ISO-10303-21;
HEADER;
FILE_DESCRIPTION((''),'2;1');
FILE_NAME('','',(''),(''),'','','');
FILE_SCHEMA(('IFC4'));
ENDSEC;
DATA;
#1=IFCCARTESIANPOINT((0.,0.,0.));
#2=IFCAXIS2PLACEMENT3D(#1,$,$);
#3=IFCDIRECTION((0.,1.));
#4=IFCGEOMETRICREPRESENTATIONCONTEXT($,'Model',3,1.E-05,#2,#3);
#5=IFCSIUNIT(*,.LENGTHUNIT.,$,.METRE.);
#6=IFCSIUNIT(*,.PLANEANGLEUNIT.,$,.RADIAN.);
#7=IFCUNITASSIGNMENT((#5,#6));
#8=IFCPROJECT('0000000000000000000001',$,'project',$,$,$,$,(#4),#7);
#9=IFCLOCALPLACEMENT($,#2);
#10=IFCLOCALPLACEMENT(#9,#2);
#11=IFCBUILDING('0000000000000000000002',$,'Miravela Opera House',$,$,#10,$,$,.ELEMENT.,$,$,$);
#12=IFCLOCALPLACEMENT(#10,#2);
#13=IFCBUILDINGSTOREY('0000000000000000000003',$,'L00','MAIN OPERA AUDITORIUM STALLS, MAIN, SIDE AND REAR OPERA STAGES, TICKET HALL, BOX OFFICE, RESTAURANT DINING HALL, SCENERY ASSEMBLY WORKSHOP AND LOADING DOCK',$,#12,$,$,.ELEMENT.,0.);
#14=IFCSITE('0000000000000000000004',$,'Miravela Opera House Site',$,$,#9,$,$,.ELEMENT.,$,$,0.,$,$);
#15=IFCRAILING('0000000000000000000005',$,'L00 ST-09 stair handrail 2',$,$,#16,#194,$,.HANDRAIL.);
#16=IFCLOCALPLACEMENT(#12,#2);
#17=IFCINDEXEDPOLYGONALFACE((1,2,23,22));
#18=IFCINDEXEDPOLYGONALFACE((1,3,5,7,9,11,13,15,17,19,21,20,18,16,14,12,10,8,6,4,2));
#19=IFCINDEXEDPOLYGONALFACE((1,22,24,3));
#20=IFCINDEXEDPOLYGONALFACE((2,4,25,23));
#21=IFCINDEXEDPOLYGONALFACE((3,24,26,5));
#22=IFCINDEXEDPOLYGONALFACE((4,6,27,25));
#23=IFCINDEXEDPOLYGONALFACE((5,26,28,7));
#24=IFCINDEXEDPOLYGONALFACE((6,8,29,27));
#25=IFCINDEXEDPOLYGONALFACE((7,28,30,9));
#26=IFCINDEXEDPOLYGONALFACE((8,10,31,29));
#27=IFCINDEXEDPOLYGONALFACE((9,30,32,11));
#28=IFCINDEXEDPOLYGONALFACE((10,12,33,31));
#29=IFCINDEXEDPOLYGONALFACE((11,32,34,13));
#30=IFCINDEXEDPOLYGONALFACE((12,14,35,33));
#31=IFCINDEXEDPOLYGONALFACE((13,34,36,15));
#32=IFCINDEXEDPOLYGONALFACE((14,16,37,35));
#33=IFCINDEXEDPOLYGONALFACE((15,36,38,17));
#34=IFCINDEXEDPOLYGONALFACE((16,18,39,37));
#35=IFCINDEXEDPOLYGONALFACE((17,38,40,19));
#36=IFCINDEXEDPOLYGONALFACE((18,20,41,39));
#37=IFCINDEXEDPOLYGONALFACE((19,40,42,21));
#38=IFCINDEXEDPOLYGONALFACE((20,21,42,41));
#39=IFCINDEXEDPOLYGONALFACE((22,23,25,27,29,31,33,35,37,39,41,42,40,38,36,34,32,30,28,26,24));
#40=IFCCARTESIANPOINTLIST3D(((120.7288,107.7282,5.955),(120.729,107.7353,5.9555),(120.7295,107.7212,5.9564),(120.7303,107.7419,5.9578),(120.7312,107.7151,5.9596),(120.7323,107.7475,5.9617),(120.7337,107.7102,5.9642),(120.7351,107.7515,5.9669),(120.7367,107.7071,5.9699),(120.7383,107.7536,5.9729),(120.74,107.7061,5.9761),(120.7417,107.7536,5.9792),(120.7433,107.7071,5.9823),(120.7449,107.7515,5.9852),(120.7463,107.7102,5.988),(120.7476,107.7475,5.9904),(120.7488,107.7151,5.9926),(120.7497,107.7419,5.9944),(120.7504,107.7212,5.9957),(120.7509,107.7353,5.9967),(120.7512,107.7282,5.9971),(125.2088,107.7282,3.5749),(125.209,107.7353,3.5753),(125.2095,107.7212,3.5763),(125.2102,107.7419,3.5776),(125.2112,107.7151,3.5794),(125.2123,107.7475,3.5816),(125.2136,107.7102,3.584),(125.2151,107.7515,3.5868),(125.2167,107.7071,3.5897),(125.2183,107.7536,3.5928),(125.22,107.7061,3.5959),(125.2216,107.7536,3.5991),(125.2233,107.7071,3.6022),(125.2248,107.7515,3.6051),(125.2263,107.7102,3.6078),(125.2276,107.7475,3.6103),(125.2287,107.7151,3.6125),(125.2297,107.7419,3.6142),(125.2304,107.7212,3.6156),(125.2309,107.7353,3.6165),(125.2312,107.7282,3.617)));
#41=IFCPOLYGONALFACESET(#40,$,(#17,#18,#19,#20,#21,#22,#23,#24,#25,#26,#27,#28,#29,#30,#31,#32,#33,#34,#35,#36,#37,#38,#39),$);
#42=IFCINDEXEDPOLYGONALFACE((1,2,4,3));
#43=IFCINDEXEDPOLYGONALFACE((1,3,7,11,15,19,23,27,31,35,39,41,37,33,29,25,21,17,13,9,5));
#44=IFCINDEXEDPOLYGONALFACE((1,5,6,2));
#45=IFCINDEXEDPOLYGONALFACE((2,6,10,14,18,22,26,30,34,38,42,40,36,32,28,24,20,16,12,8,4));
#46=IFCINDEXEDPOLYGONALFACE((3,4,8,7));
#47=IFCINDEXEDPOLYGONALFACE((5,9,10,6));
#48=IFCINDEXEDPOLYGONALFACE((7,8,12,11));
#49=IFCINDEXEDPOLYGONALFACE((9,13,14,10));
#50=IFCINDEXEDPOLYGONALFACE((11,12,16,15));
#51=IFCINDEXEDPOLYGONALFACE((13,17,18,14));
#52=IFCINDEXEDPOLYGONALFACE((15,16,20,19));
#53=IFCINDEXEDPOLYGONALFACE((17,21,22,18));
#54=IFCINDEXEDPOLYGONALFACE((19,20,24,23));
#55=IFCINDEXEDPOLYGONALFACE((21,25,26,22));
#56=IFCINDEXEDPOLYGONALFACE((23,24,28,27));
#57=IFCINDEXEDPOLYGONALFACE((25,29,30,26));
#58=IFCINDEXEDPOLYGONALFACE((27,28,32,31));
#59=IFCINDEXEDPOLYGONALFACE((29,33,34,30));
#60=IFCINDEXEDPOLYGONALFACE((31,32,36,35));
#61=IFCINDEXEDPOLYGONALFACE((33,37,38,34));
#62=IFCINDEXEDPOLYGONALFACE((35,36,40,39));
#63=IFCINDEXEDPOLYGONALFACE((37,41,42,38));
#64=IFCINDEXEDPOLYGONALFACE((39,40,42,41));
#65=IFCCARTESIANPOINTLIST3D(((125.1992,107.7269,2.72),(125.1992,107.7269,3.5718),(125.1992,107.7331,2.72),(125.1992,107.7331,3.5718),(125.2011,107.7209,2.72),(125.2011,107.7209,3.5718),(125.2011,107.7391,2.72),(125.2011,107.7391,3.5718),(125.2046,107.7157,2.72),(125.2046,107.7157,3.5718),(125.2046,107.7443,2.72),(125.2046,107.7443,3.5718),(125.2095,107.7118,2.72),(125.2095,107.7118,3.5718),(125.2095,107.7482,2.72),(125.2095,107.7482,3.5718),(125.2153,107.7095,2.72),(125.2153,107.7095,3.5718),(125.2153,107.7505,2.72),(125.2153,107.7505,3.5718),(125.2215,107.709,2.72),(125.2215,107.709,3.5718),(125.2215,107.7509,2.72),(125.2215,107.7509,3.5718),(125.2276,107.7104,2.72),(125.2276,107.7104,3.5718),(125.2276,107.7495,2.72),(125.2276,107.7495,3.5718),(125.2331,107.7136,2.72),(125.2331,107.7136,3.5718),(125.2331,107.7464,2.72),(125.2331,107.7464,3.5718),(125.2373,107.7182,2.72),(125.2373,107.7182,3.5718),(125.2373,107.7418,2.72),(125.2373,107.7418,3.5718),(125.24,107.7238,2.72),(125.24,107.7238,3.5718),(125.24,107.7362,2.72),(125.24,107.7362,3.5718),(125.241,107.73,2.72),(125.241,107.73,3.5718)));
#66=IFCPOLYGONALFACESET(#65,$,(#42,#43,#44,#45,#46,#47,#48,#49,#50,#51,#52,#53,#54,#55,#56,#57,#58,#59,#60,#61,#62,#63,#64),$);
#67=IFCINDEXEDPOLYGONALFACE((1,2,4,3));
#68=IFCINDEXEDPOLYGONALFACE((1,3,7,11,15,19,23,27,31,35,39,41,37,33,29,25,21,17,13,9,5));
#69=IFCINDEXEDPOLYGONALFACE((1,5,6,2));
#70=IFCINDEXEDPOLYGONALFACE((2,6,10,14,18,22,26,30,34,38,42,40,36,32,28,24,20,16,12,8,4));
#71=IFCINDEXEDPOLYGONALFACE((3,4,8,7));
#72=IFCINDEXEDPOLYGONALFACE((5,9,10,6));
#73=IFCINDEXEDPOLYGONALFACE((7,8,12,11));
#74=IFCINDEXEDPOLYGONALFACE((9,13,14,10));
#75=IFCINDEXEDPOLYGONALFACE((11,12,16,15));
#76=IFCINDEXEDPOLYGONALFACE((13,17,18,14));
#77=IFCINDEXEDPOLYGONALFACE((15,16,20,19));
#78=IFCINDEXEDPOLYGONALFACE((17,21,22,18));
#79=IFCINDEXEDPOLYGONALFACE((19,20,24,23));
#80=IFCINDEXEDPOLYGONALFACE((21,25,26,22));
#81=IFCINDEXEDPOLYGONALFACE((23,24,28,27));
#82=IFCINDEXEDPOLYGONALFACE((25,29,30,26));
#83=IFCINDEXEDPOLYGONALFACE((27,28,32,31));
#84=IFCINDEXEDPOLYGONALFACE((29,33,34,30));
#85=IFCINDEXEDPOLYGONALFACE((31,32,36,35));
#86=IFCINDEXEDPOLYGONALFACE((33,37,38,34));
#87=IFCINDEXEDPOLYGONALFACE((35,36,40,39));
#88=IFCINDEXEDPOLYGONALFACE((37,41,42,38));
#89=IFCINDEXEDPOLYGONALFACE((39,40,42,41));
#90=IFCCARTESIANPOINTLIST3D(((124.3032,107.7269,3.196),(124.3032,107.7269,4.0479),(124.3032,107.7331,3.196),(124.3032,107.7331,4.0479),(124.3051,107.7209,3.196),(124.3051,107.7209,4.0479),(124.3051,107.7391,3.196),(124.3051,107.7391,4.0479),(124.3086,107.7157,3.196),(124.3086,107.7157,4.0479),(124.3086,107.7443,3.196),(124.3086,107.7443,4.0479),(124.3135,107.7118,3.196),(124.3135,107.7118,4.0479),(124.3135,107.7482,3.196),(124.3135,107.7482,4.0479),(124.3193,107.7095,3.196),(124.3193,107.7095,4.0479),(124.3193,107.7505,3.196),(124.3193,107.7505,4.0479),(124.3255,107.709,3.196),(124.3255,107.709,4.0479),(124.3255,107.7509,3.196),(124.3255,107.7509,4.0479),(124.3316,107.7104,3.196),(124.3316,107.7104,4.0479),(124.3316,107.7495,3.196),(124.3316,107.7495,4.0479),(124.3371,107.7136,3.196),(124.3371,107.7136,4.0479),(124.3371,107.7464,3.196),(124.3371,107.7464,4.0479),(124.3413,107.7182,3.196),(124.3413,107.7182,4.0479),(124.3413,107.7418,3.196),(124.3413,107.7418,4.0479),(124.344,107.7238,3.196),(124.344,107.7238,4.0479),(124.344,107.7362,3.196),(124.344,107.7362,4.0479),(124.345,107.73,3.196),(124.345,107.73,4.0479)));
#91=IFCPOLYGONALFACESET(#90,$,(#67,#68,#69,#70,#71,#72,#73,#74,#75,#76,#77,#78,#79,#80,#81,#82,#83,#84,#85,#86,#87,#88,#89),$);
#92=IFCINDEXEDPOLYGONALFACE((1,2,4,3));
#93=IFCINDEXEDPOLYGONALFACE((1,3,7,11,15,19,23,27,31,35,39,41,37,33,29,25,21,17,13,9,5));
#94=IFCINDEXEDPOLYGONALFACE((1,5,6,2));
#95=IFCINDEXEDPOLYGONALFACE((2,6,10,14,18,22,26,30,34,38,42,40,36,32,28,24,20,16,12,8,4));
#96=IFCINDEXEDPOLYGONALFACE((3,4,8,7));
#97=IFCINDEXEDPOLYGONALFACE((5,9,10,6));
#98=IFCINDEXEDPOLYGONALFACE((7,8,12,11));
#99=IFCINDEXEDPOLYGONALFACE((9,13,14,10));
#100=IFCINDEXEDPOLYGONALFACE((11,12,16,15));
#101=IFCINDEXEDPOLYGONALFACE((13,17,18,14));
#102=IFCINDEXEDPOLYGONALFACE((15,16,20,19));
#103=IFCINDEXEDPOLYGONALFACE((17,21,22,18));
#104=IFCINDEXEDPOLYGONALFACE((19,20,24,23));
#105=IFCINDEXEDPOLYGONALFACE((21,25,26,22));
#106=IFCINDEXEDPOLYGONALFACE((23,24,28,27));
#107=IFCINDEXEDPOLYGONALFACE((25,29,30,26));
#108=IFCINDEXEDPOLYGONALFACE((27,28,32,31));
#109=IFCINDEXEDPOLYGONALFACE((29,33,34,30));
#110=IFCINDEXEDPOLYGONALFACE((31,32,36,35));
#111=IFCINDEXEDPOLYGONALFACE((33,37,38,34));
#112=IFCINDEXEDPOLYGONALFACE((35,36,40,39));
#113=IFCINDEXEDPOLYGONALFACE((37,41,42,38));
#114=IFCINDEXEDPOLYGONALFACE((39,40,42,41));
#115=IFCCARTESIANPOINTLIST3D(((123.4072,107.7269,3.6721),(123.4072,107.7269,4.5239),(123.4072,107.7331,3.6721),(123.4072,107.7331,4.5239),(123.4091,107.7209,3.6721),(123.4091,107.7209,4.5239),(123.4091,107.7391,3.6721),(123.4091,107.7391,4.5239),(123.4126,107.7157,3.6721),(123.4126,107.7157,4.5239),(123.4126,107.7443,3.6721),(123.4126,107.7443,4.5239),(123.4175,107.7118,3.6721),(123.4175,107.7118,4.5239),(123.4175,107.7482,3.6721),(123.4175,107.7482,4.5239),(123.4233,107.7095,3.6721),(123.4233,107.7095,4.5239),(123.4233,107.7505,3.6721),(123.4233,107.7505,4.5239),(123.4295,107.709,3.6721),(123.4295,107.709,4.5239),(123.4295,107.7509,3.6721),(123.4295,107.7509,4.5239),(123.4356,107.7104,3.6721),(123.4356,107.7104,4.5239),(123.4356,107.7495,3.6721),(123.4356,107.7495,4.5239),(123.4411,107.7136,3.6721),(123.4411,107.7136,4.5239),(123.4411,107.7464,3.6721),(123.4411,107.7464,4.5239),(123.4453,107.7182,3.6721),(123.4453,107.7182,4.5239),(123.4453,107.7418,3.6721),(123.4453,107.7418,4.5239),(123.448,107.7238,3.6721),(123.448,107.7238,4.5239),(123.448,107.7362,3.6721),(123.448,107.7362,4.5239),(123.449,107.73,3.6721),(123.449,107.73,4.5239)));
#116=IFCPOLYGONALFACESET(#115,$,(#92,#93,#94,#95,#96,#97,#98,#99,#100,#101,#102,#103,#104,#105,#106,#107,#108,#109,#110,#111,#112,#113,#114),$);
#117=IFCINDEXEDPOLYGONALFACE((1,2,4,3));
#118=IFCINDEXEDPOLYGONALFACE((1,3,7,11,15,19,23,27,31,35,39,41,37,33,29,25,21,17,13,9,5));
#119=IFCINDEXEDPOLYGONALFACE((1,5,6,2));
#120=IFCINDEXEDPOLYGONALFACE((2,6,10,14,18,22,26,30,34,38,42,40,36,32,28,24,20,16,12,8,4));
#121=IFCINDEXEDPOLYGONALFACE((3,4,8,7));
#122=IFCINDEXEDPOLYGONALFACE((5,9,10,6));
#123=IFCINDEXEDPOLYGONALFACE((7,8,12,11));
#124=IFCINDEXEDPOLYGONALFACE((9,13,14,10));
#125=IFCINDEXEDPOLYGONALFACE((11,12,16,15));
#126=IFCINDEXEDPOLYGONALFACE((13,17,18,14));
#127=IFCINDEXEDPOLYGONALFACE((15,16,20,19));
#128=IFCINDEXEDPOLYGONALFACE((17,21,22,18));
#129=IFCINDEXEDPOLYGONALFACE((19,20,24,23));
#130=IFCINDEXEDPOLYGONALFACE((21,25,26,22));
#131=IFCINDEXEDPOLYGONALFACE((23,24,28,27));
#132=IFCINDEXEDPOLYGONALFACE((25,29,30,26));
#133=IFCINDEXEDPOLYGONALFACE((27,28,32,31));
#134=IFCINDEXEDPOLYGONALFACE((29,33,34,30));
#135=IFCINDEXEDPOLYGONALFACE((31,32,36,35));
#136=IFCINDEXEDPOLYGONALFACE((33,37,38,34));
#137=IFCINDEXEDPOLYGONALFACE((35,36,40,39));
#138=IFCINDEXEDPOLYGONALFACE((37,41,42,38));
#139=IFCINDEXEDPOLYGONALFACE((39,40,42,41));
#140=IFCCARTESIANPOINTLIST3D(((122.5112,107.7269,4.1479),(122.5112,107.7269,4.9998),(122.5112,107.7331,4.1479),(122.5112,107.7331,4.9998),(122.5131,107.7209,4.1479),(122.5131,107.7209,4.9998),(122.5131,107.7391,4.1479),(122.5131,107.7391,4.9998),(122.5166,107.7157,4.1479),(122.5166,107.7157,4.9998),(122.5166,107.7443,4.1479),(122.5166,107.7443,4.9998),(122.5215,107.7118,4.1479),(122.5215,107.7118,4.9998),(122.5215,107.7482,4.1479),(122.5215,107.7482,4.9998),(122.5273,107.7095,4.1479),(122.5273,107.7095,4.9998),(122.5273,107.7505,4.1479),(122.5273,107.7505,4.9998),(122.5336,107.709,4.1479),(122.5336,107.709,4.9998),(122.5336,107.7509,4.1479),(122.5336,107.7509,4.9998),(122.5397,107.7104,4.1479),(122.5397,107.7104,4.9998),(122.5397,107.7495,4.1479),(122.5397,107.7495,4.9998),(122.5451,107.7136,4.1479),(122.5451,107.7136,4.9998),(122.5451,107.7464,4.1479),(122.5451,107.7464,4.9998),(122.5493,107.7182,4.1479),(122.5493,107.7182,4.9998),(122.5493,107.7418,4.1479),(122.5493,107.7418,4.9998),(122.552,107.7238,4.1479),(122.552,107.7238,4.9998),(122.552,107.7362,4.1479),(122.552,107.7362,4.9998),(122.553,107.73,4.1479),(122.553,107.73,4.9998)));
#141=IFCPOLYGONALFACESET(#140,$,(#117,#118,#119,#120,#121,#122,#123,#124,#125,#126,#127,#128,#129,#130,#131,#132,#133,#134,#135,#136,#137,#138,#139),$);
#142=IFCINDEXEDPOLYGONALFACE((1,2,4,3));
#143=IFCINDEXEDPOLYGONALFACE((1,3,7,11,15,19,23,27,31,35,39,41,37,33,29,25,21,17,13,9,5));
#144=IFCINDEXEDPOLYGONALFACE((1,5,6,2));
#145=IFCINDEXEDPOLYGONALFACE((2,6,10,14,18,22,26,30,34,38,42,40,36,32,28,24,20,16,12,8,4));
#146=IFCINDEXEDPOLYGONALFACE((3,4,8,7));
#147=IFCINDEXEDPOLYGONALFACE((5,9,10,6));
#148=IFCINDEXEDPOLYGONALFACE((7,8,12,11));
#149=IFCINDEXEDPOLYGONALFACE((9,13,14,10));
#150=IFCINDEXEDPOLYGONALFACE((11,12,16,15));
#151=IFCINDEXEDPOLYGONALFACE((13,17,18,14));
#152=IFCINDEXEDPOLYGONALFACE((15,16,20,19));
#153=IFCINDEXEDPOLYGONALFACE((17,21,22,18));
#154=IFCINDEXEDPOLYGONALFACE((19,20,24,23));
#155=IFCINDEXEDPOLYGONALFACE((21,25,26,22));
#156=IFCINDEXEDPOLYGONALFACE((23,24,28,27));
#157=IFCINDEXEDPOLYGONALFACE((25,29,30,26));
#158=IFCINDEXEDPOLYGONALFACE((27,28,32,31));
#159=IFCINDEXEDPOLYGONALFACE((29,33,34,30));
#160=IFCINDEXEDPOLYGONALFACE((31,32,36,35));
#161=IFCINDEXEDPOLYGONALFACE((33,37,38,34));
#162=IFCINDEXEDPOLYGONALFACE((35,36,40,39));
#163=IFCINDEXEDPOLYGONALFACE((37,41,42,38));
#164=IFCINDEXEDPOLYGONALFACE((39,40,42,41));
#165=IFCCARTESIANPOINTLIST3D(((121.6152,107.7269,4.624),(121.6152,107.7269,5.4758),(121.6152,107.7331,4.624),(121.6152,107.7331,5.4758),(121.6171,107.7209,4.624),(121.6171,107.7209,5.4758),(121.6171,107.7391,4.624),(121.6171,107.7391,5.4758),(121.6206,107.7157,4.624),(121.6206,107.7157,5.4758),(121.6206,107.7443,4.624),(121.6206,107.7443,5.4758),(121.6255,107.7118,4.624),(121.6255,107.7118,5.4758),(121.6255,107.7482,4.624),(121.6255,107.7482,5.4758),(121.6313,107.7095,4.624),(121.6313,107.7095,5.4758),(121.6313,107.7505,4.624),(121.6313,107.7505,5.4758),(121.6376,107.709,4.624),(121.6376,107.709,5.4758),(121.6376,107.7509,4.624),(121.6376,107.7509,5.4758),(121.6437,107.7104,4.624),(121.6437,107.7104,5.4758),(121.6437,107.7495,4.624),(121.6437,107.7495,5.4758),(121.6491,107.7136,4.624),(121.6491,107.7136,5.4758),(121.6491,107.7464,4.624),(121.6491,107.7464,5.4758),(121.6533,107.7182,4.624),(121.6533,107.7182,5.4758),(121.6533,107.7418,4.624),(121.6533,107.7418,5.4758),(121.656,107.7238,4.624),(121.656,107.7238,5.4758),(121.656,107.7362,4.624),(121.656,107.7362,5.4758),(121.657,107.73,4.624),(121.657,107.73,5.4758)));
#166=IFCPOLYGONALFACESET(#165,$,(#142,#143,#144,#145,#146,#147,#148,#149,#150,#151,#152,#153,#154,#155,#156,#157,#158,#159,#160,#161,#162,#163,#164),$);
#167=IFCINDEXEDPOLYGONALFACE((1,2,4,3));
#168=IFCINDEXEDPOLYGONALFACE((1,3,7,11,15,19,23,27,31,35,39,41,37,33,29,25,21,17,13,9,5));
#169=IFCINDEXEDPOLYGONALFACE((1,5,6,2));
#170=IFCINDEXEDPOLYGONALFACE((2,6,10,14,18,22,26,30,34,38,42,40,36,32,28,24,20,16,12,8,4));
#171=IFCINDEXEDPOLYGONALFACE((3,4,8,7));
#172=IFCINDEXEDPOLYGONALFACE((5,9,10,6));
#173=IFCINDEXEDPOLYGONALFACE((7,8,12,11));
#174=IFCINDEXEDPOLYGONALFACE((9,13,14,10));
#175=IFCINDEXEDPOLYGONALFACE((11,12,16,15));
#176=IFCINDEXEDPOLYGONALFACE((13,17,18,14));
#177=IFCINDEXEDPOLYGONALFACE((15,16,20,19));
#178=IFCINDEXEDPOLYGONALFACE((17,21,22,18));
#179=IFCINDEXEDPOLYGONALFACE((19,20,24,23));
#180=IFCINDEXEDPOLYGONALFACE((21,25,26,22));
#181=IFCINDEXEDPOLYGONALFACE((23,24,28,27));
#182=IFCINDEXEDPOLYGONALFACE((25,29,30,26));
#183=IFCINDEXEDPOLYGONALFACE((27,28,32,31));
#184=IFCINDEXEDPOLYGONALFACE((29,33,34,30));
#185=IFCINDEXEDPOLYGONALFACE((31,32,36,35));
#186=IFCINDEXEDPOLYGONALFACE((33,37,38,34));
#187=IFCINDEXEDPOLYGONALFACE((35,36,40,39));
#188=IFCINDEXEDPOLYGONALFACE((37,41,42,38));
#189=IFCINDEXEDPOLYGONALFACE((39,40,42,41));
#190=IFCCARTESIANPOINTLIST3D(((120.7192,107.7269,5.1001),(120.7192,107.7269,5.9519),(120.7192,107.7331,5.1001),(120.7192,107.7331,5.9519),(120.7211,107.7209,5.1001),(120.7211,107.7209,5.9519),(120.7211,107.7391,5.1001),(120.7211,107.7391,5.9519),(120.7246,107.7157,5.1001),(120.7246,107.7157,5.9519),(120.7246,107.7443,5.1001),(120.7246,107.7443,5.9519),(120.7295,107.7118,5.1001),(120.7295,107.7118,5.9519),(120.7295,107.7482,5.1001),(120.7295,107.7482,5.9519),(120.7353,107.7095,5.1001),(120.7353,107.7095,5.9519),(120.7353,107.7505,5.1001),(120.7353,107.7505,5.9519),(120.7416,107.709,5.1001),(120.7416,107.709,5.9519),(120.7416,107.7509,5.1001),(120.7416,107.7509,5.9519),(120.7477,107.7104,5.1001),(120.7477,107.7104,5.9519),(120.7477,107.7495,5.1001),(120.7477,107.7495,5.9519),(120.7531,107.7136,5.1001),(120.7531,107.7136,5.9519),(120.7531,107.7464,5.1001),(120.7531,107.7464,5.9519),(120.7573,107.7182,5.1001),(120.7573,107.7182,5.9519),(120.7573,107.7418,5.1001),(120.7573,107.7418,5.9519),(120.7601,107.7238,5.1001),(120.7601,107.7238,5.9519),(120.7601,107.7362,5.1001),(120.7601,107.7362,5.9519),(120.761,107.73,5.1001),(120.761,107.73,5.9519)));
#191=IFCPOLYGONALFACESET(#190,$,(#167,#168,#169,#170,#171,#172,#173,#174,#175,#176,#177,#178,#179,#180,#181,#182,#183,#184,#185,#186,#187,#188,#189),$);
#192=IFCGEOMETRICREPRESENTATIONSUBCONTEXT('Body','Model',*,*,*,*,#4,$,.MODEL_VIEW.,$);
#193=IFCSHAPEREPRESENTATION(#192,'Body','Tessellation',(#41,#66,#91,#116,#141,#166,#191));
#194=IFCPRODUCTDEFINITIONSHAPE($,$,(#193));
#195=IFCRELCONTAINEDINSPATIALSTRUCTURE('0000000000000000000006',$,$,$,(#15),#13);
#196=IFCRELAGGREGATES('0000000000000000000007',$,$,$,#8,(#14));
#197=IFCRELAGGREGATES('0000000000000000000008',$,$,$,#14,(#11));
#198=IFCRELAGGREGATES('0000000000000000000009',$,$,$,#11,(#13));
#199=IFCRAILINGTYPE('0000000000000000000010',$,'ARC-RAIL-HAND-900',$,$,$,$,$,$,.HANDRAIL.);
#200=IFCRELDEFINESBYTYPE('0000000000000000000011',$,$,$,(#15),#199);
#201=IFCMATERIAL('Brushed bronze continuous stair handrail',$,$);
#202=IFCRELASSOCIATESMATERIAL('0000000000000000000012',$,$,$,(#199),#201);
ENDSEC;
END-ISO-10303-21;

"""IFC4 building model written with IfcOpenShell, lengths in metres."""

from ifc_helpers import new_model, si_unit, direction, frame, origin, origin_2d, place, context, subcontext, project, spatial, circle, extrude, material, type_object, element, save


model = new_model("IFC4")

# Units and contexts
model_context = context("Model", 3, precision=1e-05, world=origin(), true_north=direction((0.0, 1.0)))
body_context = subcontext(model_context, "Body", "Model", "MODEL_VIEW")
ifc_project = project(units=[si_unit("LENGTHUNIT", "METRE"), si_unit("PLANEANGLEUNIT", "RADIAN")], contexts=[model_context])

# Site, building, storey
site_placement = place(None, origin())
site = spatial("IfcSite", under=ifc_project, at=site_placement, Name="Miravela Opera House Site", CompositionType="ELEMENT", RefElevation=0.0)
building_placement = place(site_placement, origin())
building = spatial("IfcBuilding", under=site, at=building_placement, Name="Miravela Opera House", CompositionType="ELEMENT")
storey_placement = place(building_placement, origin())
storey = spatial("IfcBuildingStorey", under=building, at=storey_placement, Name="L00", Description="MAIN OPERA AUDITORIUM STALLS, MAIN, SIDE AND REAR OPERA STAGES, TICKET HALL, BOX OFFICE, RESTAURANT DINING HALL, SCENERY ASSEMBLY WORKSHOP AND LOADING DOCK", CompositionType="ELEMENT", Elevation=0.0)

# Railing
ifc_material_1 = material(Name="Brushed bronze continuous stair handrail")
railing_type_1 = type_object("IfcRailingType", Name="ARC-RAIL-HAND-900", PredefinedType="HANDRAIL", material=ifc_material_1)
railing_1_placement = place(storey_placement, frame((125.22, 107.73, 2.72)))
element("IfcRailing", 1, at=railing_1_placement, inside=storey, type_object=railing_type_1, Name="L00 ST-09 stair handrail 2", PredefinedType="HANDRAIL", context=body_context, shape_type="SweptSolid", body=[
    extrude(circle(Radius=0.0239, at=origin_2d()), frame((0.0, 0.0, 0.876), z_axis=(-0.883105, 0.0, 0.469176), x_axis=(0.0, -1.0, 0.0)), (0.0, 0.0, 1.0), 5.073),
    extrude(circle(Radius=0.021, at=origin_2d()), origin(), (0.0, 0.0, 1.0), 0.8518),
    extrude(circle(Radius=0.021, at=origin_2d()), frame((-0.896, 0.0, 0.4761)), (0.0, 0.0, 1.0), 0.8518),
    extrude(circle(Radius=0.021, at=origin_2d()), frame((-1.792, 0.0, 0.9521)), (0.0, 0.0, 1.0), 0.8518),
    extrude(circle(Radius=0.021, at=origin_2d()), frame((-2.688, 0.0, 1.428)), (0.0, 0.0, 1.0), 0.8518),
    extrude(circle(Radius=0.021, at=origin_2d()), frame((-3.584, 0.0, 1.9041)), (0.0, 0.0, 1.0), 0.8518),
    extrude(circle(Radius=0.021, at=origin_2d()), frame((-4.48, 0.0, 2.3801)), (0.0, 0.0, 1.0), 0.8518),
])

save(model, "model.ifc")
